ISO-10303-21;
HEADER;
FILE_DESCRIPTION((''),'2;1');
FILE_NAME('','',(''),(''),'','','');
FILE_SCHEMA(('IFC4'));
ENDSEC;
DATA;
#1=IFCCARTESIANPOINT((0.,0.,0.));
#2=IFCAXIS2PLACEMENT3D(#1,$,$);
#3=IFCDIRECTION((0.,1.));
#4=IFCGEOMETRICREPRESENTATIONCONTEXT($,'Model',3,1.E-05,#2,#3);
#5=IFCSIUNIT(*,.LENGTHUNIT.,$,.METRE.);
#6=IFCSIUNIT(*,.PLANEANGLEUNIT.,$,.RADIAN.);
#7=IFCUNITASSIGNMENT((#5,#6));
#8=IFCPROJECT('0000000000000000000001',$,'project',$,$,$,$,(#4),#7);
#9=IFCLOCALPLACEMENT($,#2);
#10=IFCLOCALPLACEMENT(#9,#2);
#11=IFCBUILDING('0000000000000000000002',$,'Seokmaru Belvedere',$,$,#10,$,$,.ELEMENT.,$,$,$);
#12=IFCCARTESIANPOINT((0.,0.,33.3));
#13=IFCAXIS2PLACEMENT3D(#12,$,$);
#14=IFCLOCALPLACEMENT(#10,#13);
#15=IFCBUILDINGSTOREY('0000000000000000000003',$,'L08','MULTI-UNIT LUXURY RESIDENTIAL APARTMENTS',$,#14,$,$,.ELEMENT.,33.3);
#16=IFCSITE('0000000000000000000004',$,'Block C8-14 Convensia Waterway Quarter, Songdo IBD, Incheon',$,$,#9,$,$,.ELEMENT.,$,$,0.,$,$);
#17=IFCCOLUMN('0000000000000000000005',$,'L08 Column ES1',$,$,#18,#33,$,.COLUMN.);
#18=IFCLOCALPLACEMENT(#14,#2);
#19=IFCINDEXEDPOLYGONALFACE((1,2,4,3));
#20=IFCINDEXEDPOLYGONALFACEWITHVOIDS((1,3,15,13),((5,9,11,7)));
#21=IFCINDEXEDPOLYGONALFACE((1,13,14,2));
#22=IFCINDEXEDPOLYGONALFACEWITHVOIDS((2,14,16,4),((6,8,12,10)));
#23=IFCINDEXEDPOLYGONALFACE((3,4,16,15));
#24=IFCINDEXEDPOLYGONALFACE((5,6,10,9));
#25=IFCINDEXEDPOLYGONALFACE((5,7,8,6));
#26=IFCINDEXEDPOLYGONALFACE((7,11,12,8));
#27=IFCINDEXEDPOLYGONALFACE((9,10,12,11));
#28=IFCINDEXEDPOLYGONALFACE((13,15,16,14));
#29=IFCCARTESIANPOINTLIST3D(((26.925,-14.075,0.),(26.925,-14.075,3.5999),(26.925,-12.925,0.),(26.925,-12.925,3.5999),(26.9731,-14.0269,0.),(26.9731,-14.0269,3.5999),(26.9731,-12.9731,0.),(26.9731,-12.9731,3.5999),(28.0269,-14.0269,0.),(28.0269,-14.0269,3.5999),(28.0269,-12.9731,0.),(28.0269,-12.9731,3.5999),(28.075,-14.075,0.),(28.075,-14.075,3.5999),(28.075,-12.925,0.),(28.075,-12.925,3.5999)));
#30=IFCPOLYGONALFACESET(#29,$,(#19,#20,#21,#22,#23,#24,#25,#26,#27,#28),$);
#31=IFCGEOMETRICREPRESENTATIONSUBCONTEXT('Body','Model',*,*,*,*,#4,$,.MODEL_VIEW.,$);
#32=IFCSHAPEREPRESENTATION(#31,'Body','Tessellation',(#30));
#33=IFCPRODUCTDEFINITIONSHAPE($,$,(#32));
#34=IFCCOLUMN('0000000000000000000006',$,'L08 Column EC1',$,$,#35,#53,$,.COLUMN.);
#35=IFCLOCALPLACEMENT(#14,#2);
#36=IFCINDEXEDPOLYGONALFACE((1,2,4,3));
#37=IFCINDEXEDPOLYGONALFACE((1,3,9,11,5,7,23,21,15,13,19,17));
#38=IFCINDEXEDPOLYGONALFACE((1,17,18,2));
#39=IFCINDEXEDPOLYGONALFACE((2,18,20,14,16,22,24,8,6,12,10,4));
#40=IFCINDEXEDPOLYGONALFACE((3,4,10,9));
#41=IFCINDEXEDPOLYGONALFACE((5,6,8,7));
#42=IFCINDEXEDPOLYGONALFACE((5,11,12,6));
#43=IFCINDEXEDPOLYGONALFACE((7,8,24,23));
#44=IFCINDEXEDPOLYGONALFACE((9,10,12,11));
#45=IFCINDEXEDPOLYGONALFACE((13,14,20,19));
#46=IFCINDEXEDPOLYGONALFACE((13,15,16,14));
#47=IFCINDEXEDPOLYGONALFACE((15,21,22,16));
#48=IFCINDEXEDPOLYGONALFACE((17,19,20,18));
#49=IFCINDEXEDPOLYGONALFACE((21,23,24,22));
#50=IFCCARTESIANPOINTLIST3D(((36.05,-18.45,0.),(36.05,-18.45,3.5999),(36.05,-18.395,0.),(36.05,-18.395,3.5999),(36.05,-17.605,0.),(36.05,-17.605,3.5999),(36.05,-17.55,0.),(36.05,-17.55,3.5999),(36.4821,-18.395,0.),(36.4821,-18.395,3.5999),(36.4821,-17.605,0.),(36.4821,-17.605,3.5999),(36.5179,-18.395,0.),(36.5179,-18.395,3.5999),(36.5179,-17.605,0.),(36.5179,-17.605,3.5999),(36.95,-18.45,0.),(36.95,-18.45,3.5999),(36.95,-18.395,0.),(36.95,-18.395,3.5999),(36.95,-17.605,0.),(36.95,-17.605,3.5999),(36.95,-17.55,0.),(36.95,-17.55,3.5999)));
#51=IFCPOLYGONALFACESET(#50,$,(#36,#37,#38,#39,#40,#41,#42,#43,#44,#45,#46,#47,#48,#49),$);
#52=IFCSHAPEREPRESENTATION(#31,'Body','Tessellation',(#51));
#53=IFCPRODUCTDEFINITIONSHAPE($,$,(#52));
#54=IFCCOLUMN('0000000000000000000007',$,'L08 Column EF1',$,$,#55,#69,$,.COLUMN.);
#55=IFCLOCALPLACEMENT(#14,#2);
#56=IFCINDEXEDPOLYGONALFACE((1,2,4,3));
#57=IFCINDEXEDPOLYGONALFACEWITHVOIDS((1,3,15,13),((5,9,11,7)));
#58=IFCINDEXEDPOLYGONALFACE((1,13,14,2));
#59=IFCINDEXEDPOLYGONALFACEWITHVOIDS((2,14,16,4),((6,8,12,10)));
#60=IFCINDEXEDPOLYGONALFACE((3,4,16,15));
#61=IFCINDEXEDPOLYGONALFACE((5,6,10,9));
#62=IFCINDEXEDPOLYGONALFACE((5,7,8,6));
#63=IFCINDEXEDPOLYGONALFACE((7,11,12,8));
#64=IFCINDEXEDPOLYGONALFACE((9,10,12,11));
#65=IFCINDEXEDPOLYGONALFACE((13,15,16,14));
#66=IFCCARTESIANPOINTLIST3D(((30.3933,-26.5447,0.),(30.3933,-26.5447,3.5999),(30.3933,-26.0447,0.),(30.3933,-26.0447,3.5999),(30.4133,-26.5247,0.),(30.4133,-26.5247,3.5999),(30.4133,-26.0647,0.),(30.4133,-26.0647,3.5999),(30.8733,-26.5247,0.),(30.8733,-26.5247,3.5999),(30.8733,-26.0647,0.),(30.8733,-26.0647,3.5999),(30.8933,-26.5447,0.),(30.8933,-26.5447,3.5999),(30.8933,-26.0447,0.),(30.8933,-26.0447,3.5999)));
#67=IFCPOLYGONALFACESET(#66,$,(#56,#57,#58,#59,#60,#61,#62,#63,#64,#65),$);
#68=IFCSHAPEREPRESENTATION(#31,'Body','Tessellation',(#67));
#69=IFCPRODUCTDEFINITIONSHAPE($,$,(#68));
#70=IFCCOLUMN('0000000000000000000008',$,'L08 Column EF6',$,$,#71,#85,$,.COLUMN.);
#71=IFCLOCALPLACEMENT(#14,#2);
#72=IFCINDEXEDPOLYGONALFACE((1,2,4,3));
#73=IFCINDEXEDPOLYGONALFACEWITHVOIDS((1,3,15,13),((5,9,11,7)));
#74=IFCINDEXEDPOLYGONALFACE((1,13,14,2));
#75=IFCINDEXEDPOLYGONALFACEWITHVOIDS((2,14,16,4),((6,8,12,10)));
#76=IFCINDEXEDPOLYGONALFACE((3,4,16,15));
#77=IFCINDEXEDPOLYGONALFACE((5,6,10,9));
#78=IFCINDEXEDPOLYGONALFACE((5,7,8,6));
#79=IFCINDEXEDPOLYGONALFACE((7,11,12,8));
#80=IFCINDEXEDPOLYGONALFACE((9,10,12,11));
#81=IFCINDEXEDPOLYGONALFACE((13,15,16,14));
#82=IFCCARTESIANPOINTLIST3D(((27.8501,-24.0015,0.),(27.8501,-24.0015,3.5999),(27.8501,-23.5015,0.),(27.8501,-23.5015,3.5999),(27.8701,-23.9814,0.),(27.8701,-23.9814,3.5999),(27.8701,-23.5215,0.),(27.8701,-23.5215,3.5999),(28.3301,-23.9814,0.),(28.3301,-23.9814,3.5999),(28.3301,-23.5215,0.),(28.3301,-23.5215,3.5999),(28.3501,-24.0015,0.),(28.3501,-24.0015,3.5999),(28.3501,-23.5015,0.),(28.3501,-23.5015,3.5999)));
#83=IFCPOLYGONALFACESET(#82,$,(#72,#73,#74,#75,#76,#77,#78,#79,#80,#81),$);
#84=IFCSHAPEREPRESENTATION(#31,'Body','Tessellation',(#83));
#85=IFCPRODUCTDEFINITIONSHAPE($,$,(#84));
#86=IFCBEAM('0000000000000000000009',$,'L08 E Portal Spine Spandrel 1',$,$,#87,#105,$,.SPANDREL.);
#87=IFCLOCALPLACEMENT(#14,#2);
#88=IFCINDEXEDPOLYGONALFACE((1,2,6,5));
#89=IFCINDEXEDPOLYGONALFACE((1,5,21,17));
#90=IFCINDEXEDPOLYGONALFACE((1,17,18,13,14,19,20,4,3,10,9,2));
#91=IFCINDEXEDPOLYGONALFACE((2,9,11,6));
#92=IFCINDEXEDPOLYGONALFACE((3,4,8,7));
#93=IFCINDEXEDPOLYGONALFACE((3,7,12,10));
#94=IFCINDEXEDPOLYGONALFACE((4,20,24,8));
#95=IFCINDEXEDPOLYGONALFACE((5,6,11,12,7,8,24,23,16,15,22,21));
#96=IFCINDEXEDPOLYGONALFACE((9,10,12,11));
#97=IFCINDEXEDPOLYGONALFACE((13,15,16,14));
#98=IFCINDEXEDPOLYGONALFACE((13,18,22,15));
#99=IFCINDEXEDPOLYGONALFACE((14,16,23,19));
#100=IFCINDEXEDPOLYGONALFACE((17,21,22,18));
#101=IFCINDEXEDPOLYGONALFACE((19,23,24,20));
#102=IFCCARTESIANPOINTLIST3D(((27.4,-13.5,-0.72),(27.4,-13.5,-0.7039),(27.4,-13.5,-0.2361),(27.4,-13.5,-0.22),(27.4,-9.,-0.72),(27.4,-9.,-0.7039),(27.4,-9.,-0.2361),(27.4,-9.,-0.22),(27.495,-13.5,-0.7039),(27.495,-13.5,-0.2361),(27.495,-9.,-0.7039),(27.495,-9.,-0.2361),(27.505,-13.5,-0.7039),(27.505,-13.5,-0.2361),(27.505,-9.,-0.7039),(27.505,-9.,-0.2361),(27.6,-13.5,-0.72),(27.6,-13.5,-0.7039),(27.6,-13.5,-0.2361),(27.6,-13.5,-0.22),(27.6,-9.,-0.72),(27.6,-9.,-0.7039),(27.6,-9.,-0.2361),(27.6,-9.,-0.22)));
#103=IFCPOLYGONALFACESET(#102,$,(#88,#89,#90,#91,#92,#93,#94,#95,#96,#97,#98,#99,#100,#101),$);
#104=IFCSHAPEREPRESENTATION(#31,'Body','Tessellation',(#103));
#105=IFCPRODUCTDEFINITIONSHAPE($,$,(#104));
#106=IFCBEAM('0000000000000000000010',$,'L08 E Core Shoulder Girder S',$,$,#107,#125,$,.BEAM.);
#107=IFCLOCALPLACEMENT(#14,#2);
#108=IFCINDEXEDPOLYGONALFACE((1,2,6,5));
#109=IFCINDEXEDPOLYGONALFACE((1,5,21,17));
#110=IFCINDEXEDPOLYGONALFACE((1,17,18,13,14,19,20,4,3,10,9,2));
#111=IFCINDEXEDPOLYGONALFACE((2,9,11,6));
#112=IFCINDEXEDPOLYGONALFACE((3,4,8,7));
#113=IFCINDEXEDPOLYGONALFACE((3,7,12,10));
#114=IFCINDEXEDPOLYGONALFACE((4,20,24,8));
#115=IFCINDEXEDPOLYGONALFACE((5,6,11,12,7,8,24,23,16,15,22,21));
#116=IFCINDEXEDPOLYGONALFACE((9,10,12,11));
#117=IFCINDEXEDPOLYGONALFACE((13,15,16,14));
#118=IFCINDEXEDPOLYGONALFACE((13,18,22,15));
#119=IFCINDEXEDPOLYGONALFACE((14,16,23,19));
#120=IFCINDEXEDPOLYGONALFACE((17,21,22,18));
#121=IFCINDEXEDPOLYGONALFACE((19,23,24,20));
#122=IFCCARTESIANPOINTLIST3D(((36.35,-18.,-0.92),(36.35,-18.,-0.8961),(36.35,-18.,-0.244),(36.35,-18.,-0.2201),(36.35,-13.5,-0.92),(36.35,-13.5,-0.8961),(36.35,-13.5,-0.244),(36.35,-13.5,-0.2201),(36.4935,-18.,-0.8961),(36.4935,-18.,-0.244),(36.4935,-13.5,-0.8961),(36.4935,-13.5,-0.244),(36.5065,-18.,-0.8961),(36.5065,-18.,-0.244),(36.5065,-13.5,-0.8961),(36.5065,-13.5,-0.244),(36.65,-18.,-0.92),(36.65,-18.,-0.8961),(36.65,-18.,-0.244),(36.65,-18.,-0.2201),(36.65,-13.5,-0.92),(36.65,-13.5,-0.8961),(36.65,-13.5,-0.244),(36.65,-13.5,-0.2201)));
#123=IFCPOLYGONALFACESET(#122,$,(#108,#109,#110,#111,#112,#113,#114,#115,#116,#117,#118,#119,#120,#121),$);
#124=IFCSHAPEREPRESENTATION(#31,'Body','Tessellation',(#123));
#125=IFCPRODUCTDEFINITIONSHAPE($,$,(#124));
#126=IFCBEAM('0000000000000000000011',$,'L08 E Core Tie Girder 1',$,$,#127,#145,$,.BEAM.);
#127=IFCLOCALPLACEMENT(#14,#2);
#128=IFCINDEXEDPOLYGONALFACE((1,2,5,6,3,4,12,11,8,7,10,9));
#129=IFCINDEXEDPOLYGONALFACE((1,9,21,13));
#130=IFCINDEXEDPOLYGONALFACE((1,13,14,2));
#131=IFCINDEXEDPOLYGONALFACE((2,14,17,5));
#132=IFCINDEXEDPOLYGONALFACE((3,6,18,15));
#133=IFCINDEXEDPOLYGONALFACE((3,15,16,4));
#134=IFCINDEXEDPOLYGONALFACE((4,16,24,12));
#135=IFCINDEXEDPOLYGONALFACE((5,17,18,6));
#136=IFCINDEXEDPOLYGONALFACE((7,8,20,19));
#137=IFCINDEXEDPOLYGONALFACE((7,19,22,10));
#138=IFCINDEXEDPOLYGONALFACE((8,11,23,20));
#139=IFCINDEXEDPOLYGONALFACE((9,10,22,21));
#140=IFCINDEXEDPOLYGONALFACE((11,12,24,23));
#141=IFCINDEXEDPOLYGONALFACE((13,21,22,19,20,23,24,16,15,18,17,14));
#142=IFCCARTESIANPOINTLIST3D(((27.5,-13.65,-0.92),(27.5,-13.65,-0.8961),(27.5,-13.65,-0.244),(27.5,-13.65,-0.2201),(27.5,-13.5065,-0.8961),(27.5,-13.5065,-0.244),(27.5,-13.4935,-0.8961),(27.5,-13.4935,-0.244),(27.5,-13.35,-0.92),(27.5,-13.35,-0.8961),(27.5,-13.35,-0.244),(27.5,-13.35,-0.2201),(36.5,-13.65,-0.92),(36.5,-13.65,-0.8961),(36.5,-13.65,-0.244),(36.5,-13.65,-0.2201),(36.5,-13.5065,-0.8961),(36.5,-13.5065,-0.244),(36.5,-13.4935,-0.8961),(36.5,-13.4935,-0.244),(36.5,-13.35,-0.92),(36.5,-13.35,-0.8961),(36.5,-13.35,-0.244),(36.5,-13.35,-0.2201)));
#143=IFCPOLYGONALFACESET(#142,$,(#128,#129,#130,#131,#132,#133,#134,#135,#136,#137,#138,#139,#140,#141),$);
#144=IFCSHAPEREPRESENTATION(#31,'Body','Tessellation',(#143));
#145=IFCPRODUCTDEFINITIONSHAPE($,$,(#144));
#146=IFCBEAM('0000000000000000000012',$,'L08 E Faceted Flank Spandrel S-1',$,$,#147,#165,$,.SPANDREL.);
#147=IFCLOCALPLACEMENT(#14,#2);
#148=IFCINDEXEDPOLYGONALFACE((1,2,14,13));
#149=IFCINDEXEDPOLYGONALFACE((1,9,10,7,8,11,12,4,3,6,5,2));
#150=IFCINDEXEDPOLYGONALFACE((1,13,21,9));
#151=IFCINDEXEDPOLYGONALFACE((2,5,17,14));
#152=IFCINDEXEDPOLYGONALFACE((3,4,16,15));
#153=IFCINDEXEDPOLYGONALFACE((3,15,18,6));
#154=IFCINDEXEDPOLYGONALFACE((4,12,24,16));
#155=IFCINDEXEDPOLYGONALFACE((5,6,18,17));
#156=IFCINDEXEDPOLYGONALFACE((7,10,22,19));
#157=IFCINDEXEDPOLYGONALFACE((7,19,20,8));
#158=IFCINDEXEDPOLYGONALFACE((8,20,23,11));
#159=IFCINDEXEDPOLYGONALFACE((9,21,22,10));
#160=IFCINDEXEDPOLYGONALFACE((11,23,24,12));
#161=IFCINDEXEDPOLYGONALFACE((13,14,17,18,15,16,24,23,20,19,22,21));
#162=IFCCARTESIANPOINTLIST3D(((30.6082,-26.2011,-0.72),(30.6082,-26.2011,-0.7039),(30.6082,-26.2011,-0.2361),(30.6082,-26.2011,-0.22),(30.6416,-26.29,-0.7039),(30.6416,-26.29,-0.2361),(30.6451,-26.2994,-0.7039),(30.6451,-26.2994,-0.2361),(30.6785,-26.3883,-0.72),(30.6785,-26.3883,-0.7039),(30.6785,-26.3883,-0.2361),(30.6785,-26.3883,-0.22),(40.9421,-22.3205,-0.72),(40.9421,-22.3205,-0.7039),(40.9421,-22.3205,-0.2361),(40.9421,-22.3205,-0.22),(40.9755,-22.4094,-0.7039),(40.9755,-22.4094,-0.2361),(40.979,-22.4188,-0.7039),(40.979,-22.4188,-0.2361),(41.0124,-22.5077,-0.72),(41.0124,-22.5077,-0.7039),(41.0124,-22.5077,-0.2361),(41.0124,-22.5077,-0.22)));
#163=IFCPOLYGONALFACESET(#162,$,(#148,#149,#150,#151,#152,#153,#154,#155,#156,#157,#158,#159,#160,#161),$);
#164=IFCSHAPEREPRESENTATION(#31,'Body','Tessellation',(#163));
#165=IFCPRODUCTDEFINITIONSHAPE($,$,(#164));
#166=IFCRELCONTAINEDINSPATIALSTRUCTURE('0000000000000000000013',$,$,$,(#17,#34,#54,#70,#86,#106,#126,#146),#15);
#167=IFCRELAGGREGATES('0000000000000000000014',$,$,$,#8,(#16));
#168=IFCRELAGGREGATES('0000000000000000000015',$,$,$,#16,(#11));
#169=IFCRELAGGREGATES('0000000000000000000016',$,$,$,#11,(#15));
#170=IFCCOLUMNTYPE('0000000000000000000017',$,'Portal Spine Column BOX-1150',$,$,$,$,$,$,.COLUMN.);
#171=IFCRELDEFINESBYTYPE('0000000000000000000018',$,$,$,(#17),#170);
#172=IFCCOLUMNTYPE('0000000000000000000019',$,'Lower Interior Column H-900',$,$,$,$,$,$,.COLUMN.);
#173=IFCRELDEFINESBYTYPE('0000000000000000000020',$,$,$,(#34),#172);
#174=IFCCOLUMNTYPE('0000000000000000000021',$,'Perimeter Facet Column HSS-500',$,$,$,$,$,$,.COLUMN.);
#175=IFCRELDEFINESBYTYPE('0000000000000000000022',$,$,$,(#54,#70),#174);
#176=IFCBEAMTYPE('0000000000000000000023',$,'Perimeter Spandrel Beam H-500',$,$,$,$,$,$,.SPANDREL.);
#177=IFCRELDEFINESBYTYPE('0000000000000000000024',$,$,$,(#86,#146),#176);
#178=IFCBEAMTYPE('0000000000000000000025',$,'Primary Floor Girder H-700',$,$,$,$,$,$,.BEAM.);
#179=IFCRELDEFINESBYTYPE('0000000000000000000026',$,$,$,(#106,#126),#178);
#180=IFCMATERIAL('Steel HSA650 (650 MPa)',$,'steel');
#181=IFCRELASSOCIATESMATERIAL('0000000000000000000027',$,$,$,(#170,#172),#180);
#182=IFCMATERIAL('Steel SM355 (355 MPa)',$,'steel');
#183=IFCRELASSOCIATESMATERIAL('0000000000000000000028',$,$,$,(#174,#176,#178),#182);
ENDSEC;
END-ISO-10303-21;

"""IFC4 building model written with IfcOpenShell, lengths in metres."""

from ifc_helpers import new_model, si_unit, direction, frame, origin, origin_2d, place, context, subcontext, project, spatial, hollow_rectangle, i_section, extrude, source, transform, mapped, material, material_profile, profile_set, type_object, type_shapes, element, save


model = new_model("IFC4")

# Units and contexts
model_context = context("Model", 3, precision=1e-05, world=origin(), true_north=direction((0.0, 1.0)))
body_context = subcontext(model_context, "Body", "Model", "MODEL_VIEW")
ifc_project = project(units=[si_unit("LENGTHUNIT", "METRE"), si_unit("PLANEANGLEUNIT", "RADIAN")], contexts=[model_context])

# Site, building, storey
site_placement = place(None, origin())
site = spatial("IfcSite", under=ifc_project, at=site_placement, Name="Block C8-14 Convensia Waterway Quarter, Songdo IBD, Incheon", CompositionType="ELEMENT", RefElevation=0.0)
building_placement = place(site_placement, origin())
building = spatial("IfcBuilding", under=site, at=building_placement, Name="Seokmaru Belvedere", CompositionType="ELEMENT")
storey_placement = place(building_placement, frame((0.0, 0.0, 33.3)))
storey = spatial("IfcBuildingStorey", under=building, at=storey_placement, Name="L08", Description="MULTI-UNIT LUXURY RESIDENTIAL APARTMENTS", CompositionType="ELEMENT", Elevation=33.3)

# Columns
ifc_material_1 = material(Name="Steel HSA650 (650 MPa)", Category="steel")
ifc_material_profile_1 = material_profile(ifc_material_1, hollow_rectangle(XDim=1.1499, YDim=1.1499, WallThickness=0.0481, at=origin_2d()), Name="BOX-1150x1150x48")
ifc_profile_set_1 = profile_set([ifc_material_profile_1], Name="Steel HSA650 (650 MPa)")
column_type_1 = type_object("IfcColumnType", Name="Portal Spine Column BOX-1150", PredefinedType="COLUMN", material=ifc_profile_set_1)
shared_shape_1 = source(origin(), body_context, "Body", "SweptSolid", [
    extrude(hollow_rectangle(XDim=1.1499, YDim=1.1499, WallThickness=0.0481, at=origin_2d()), origin(), (0.0, 0.0, 1.0), 3.5999),
])
type_shapes(column_type_1, [shared_shape_1])
column_1_placement = place(storey_placement, frame((27.5, -13.5, 0.0), z_axis=(0.0, 0.0, 1.0), x_axis=(1.0, 0.0, 0.0)))
element("IfcColumn", 1, at=column_1_placement, inside=storey, type_object=column_type_1, Name="L08 Column ES1", PredefinedType="COLUMN", context=body_context, shape_type="MappedRepresentation", body=[
    mapped(shared_shape_1, transform((0.0, 0.0, 0.0), scale=1.0)),
])
ifc_material_profile_2 = material_profile(ifc_material_1, i_section(OverallWidth=0.8999, OverallDepth=0.8999, WebThickness=0.0359, FlangeThickness=0.0549, at=origin_2d()), Name="H-900x900x36x55")
ifc_profile_set_2 = profile_set([ifc_material_profile_2], Name="Steel HSA650 (650 MPa)")
column_type_2 = type_object("IfcColumnType", Name="Lower Interior Column H-900", PredefinedType="COLUMN", material=ifc_profile_set_2)
shared_shape_2 = source(origin(), body_context, "Body", "SweptSolid", [
    extrude(i_section(OverallWidth=0.8999, OverallDepth=0.8999, WebThickness=0.0359, FlangeThickness=0.0549, at=origin_2d()), origin(), (0.0, 0.0, 1.0), 3.5999),
])
type_shapes(column_type_2, [shared_shape_2])
column_2_placement = place(storey_placement, frame((36.5, -18.0, 0.0), z_axis=(0.0, 0.0, 1.0), x_axis=(1.0, 0.0, 0.0)))
element("IfcColumn", 2, at=column_2_placement, inside=storey, type_object=column_type_2, Name="L08 Column EC1", PredefinedType="COLUMN", context=body_context, shape_type="MappedRepresentation", body=[
    mapped(shared_shape_2, transform((0.0, 0.0, 0.0), scale=1.0)),
])
ifc_material_2 = material(Name="Steel SM355 (355 MPa)", Category="steel")
ifc_material_profile_3 = material_profile(ifc_material_2, hollow_rectangle(XDim=0.5, YDim=0.5, WallThickness=0.02, at=origin_2d()), Name="HSS-500x500x20")
ifc_profile_set_3 = profile_set([ifc_material_profile_3], Name="Steel SM355 (355 MPa)")
column_type_3 = type_object("IfcColumnType", Name="Perimeter Facet Column HSS-500", PredefinedType="COLUMN", material=ifc_profile_set_3)
shared_shape_3 = source(origin(), body_context, "Body", "SweptSolid", [
    extrude(hollow_rectangle(XDim=0.5, YDim=0.5, WallThickness=0.02, at=origin_2d()), origin(), (0.0, 0.0, 1.0), 3.5999),
])
type_shapes(column_type_3, [shared_shape_3])
for number, where, z_axis, x_axis, name in (
    (3, (30.6433, -26.2947, 0.0), (0.0, 0.0, 1.0), (1.0, 0.0, 0.0), "L08 Column EF1"),
    (4, (28.1001, -23.7515, 0.0), (0.0, 0.0, 1.0), (1.0, 0.0, 0.0), "L08 Column EF6"),
):
    element("IfcColumn", number, at=place(storey_placement, frame(where, z_axis=z_axis, x_axis=x_axis)), inside=storey, type_object=column_type_3, Name=name, PredefinedType="COLUMN", context=body_context, shape_type="MappedRepresentation", body=[
        mapped(shared_shape_3, transform((0.0, 0.0, 0.0), scale=1.0)),
    ])

# Beams
ifc_material_profile_4 = material_profile(ifc_material_2, i_section(OverallWidth=0.2, OverallDepth=0.5, WebThickness=0.01, FlangeThickness=0.0161, at=origin_2d()), Name="H-500x200x10x16")
ifc_profile_set_4 = profile_set([ifc_material_profile_4], Name="Steel SM355 (355 MPa)")
beam_type_1 = type_object("IfcBeamType", Name="Perimeter Spandrel Beam H-500", PredefinedType="SPANDREL", material=ifc_profile_set_4)
shared_shape_4 = source(origin(), body_context, "Body", "SweptSolid", [
    extrude(i_section(OverallWidth=0.2, OverallDepth=0.5, WebThickness=0.01, FlangeThickness=0.0161, at=origin_2d()), origin(), (0.0, 0.0, 1.0), 4.5),
])
beam_1_placement = place(storey_placement, frame((27.5, -13.5, -0.47), z_axis=(0.0, 1.0, 0.0), x_axis=(-1.0, 0.0, 0.0)))
element("IfcBeam", 5, at=beam_1_placement, inside=storey, type_object=beam_type_1, Name="L08 E Portal Spine Spandrel 1", PredefinedType="SPANDREL", context=body_context, shape_type="MappedRepresentation", body=[
    mapped(shared_shape_4, transform((0.0, 0.0, 0.0), scale=1.0)),
])
ifc_material_profile_5 = material_profile(ifc_material_2, i_section(OverallWidth=0.3, OverallDepth=0.7, WebThickness=0.0129, FlangeThickness=0.0239, at=origin_2d()), Name="H-700x300x13x24")
ifc_profile_set_5 = profile_set([ifc_material_profile_5], Name="Steel SM355 (355 MPa)")
beam_type_2 = type_object("IfcBeamType", Name="Primary Floor Girder H-700", PredefinedType="BEAM", material=ifc_profile_set_5)
shared_shape_5 = source(origin(), body_context, "Body", "SweptSolid", [
    extrude(i_section(OverallWidth=0.3, OverallDepth=0.7, WebThickness=0.0129, FlangeThickness=0.0239, at=origin_2d()), origin(), (0.0, 0.0, 1.0), 4.5),
])
beam_2_placement = place(storey_placement, frame((36.5, -18.0, -0.5701), z_axis=(0.0, 1.0, 0.0), x_axis=(-1.0, 0.0, 0.0)))
element("IfcBeam", 6, at=beam_2_placement, inside=storey, type_object=beam_type_2, Name="L08 E Core Shoulder Girder S", PredefinedType="BEAM", context=body_context, shape_type="MappedRepresentation", body=[
    mapped(shared_shape_5, transform((0.0, 0.0, 0.0), scale=1.0)),
])
shared_shape_6 = source(origin(), body_context, "Body", "SweptSolid", [
    extrude(i_section(OverallWidth=0.3, OverallDepth=0.7, WebThickness=0.0129, FlangeThickness=0.0239, at=origin_2d()), origin(), (0.0, 0.0, 1.0), 9.0),
])
type_shapes(beam_type_2, [shared_shape_5, shared_shape_6])
beam_3_placement = place(storey_placement, frame((27.5, -13.5, -0.5701), z_axis=(1.0, 0.0, 0.0), x_axis=(0.0, 1.0, 0.0)))
element("IfcBeam", 7, at=beam_3_placement, inside=storey, type_object=beam_type_2, Name="L08 E Core Tie Girder 1", PredefinedType="BEAM", context=body_context, shape_type="MappedRepresentation", body=[
    mapped(shared_shape_6, transform((0.0, 0.0, 0.0), scale=1.0)),
])
shared_shape_7 = source(origin(), body_context, "Body", "SweptSolid", [
    extrude(i_section(OverallWidth=0.2, OverallDepth=0.5, WebThickness=0.01, FlangeThickness=0.0161, at=origin_2d()), origin(), (0.0, 0.0, 1.0), 11.0386),
])
beam_4_placement = place(storey_placement, frame((30.6433, -26.2947, -0.47), z_axis=(0.936169, 0.35155, 0.0), x_axis=(-0.35155, 0.936169, 0.0)))
element("IfcBeam", 8, at=beam_4_placement, inside=storey, type_object=beam_type_1, Name="L08 E Faceted Flank Spandrel S-1", PredefinedType="SPANDREL", context=body_context, shape_type="MappedRepresentation", body=[
    mapped(shared_shape_7, transform((0.0, 0.0, 0.0), scale=1.0)),
])

save(model, "model.ifc")
